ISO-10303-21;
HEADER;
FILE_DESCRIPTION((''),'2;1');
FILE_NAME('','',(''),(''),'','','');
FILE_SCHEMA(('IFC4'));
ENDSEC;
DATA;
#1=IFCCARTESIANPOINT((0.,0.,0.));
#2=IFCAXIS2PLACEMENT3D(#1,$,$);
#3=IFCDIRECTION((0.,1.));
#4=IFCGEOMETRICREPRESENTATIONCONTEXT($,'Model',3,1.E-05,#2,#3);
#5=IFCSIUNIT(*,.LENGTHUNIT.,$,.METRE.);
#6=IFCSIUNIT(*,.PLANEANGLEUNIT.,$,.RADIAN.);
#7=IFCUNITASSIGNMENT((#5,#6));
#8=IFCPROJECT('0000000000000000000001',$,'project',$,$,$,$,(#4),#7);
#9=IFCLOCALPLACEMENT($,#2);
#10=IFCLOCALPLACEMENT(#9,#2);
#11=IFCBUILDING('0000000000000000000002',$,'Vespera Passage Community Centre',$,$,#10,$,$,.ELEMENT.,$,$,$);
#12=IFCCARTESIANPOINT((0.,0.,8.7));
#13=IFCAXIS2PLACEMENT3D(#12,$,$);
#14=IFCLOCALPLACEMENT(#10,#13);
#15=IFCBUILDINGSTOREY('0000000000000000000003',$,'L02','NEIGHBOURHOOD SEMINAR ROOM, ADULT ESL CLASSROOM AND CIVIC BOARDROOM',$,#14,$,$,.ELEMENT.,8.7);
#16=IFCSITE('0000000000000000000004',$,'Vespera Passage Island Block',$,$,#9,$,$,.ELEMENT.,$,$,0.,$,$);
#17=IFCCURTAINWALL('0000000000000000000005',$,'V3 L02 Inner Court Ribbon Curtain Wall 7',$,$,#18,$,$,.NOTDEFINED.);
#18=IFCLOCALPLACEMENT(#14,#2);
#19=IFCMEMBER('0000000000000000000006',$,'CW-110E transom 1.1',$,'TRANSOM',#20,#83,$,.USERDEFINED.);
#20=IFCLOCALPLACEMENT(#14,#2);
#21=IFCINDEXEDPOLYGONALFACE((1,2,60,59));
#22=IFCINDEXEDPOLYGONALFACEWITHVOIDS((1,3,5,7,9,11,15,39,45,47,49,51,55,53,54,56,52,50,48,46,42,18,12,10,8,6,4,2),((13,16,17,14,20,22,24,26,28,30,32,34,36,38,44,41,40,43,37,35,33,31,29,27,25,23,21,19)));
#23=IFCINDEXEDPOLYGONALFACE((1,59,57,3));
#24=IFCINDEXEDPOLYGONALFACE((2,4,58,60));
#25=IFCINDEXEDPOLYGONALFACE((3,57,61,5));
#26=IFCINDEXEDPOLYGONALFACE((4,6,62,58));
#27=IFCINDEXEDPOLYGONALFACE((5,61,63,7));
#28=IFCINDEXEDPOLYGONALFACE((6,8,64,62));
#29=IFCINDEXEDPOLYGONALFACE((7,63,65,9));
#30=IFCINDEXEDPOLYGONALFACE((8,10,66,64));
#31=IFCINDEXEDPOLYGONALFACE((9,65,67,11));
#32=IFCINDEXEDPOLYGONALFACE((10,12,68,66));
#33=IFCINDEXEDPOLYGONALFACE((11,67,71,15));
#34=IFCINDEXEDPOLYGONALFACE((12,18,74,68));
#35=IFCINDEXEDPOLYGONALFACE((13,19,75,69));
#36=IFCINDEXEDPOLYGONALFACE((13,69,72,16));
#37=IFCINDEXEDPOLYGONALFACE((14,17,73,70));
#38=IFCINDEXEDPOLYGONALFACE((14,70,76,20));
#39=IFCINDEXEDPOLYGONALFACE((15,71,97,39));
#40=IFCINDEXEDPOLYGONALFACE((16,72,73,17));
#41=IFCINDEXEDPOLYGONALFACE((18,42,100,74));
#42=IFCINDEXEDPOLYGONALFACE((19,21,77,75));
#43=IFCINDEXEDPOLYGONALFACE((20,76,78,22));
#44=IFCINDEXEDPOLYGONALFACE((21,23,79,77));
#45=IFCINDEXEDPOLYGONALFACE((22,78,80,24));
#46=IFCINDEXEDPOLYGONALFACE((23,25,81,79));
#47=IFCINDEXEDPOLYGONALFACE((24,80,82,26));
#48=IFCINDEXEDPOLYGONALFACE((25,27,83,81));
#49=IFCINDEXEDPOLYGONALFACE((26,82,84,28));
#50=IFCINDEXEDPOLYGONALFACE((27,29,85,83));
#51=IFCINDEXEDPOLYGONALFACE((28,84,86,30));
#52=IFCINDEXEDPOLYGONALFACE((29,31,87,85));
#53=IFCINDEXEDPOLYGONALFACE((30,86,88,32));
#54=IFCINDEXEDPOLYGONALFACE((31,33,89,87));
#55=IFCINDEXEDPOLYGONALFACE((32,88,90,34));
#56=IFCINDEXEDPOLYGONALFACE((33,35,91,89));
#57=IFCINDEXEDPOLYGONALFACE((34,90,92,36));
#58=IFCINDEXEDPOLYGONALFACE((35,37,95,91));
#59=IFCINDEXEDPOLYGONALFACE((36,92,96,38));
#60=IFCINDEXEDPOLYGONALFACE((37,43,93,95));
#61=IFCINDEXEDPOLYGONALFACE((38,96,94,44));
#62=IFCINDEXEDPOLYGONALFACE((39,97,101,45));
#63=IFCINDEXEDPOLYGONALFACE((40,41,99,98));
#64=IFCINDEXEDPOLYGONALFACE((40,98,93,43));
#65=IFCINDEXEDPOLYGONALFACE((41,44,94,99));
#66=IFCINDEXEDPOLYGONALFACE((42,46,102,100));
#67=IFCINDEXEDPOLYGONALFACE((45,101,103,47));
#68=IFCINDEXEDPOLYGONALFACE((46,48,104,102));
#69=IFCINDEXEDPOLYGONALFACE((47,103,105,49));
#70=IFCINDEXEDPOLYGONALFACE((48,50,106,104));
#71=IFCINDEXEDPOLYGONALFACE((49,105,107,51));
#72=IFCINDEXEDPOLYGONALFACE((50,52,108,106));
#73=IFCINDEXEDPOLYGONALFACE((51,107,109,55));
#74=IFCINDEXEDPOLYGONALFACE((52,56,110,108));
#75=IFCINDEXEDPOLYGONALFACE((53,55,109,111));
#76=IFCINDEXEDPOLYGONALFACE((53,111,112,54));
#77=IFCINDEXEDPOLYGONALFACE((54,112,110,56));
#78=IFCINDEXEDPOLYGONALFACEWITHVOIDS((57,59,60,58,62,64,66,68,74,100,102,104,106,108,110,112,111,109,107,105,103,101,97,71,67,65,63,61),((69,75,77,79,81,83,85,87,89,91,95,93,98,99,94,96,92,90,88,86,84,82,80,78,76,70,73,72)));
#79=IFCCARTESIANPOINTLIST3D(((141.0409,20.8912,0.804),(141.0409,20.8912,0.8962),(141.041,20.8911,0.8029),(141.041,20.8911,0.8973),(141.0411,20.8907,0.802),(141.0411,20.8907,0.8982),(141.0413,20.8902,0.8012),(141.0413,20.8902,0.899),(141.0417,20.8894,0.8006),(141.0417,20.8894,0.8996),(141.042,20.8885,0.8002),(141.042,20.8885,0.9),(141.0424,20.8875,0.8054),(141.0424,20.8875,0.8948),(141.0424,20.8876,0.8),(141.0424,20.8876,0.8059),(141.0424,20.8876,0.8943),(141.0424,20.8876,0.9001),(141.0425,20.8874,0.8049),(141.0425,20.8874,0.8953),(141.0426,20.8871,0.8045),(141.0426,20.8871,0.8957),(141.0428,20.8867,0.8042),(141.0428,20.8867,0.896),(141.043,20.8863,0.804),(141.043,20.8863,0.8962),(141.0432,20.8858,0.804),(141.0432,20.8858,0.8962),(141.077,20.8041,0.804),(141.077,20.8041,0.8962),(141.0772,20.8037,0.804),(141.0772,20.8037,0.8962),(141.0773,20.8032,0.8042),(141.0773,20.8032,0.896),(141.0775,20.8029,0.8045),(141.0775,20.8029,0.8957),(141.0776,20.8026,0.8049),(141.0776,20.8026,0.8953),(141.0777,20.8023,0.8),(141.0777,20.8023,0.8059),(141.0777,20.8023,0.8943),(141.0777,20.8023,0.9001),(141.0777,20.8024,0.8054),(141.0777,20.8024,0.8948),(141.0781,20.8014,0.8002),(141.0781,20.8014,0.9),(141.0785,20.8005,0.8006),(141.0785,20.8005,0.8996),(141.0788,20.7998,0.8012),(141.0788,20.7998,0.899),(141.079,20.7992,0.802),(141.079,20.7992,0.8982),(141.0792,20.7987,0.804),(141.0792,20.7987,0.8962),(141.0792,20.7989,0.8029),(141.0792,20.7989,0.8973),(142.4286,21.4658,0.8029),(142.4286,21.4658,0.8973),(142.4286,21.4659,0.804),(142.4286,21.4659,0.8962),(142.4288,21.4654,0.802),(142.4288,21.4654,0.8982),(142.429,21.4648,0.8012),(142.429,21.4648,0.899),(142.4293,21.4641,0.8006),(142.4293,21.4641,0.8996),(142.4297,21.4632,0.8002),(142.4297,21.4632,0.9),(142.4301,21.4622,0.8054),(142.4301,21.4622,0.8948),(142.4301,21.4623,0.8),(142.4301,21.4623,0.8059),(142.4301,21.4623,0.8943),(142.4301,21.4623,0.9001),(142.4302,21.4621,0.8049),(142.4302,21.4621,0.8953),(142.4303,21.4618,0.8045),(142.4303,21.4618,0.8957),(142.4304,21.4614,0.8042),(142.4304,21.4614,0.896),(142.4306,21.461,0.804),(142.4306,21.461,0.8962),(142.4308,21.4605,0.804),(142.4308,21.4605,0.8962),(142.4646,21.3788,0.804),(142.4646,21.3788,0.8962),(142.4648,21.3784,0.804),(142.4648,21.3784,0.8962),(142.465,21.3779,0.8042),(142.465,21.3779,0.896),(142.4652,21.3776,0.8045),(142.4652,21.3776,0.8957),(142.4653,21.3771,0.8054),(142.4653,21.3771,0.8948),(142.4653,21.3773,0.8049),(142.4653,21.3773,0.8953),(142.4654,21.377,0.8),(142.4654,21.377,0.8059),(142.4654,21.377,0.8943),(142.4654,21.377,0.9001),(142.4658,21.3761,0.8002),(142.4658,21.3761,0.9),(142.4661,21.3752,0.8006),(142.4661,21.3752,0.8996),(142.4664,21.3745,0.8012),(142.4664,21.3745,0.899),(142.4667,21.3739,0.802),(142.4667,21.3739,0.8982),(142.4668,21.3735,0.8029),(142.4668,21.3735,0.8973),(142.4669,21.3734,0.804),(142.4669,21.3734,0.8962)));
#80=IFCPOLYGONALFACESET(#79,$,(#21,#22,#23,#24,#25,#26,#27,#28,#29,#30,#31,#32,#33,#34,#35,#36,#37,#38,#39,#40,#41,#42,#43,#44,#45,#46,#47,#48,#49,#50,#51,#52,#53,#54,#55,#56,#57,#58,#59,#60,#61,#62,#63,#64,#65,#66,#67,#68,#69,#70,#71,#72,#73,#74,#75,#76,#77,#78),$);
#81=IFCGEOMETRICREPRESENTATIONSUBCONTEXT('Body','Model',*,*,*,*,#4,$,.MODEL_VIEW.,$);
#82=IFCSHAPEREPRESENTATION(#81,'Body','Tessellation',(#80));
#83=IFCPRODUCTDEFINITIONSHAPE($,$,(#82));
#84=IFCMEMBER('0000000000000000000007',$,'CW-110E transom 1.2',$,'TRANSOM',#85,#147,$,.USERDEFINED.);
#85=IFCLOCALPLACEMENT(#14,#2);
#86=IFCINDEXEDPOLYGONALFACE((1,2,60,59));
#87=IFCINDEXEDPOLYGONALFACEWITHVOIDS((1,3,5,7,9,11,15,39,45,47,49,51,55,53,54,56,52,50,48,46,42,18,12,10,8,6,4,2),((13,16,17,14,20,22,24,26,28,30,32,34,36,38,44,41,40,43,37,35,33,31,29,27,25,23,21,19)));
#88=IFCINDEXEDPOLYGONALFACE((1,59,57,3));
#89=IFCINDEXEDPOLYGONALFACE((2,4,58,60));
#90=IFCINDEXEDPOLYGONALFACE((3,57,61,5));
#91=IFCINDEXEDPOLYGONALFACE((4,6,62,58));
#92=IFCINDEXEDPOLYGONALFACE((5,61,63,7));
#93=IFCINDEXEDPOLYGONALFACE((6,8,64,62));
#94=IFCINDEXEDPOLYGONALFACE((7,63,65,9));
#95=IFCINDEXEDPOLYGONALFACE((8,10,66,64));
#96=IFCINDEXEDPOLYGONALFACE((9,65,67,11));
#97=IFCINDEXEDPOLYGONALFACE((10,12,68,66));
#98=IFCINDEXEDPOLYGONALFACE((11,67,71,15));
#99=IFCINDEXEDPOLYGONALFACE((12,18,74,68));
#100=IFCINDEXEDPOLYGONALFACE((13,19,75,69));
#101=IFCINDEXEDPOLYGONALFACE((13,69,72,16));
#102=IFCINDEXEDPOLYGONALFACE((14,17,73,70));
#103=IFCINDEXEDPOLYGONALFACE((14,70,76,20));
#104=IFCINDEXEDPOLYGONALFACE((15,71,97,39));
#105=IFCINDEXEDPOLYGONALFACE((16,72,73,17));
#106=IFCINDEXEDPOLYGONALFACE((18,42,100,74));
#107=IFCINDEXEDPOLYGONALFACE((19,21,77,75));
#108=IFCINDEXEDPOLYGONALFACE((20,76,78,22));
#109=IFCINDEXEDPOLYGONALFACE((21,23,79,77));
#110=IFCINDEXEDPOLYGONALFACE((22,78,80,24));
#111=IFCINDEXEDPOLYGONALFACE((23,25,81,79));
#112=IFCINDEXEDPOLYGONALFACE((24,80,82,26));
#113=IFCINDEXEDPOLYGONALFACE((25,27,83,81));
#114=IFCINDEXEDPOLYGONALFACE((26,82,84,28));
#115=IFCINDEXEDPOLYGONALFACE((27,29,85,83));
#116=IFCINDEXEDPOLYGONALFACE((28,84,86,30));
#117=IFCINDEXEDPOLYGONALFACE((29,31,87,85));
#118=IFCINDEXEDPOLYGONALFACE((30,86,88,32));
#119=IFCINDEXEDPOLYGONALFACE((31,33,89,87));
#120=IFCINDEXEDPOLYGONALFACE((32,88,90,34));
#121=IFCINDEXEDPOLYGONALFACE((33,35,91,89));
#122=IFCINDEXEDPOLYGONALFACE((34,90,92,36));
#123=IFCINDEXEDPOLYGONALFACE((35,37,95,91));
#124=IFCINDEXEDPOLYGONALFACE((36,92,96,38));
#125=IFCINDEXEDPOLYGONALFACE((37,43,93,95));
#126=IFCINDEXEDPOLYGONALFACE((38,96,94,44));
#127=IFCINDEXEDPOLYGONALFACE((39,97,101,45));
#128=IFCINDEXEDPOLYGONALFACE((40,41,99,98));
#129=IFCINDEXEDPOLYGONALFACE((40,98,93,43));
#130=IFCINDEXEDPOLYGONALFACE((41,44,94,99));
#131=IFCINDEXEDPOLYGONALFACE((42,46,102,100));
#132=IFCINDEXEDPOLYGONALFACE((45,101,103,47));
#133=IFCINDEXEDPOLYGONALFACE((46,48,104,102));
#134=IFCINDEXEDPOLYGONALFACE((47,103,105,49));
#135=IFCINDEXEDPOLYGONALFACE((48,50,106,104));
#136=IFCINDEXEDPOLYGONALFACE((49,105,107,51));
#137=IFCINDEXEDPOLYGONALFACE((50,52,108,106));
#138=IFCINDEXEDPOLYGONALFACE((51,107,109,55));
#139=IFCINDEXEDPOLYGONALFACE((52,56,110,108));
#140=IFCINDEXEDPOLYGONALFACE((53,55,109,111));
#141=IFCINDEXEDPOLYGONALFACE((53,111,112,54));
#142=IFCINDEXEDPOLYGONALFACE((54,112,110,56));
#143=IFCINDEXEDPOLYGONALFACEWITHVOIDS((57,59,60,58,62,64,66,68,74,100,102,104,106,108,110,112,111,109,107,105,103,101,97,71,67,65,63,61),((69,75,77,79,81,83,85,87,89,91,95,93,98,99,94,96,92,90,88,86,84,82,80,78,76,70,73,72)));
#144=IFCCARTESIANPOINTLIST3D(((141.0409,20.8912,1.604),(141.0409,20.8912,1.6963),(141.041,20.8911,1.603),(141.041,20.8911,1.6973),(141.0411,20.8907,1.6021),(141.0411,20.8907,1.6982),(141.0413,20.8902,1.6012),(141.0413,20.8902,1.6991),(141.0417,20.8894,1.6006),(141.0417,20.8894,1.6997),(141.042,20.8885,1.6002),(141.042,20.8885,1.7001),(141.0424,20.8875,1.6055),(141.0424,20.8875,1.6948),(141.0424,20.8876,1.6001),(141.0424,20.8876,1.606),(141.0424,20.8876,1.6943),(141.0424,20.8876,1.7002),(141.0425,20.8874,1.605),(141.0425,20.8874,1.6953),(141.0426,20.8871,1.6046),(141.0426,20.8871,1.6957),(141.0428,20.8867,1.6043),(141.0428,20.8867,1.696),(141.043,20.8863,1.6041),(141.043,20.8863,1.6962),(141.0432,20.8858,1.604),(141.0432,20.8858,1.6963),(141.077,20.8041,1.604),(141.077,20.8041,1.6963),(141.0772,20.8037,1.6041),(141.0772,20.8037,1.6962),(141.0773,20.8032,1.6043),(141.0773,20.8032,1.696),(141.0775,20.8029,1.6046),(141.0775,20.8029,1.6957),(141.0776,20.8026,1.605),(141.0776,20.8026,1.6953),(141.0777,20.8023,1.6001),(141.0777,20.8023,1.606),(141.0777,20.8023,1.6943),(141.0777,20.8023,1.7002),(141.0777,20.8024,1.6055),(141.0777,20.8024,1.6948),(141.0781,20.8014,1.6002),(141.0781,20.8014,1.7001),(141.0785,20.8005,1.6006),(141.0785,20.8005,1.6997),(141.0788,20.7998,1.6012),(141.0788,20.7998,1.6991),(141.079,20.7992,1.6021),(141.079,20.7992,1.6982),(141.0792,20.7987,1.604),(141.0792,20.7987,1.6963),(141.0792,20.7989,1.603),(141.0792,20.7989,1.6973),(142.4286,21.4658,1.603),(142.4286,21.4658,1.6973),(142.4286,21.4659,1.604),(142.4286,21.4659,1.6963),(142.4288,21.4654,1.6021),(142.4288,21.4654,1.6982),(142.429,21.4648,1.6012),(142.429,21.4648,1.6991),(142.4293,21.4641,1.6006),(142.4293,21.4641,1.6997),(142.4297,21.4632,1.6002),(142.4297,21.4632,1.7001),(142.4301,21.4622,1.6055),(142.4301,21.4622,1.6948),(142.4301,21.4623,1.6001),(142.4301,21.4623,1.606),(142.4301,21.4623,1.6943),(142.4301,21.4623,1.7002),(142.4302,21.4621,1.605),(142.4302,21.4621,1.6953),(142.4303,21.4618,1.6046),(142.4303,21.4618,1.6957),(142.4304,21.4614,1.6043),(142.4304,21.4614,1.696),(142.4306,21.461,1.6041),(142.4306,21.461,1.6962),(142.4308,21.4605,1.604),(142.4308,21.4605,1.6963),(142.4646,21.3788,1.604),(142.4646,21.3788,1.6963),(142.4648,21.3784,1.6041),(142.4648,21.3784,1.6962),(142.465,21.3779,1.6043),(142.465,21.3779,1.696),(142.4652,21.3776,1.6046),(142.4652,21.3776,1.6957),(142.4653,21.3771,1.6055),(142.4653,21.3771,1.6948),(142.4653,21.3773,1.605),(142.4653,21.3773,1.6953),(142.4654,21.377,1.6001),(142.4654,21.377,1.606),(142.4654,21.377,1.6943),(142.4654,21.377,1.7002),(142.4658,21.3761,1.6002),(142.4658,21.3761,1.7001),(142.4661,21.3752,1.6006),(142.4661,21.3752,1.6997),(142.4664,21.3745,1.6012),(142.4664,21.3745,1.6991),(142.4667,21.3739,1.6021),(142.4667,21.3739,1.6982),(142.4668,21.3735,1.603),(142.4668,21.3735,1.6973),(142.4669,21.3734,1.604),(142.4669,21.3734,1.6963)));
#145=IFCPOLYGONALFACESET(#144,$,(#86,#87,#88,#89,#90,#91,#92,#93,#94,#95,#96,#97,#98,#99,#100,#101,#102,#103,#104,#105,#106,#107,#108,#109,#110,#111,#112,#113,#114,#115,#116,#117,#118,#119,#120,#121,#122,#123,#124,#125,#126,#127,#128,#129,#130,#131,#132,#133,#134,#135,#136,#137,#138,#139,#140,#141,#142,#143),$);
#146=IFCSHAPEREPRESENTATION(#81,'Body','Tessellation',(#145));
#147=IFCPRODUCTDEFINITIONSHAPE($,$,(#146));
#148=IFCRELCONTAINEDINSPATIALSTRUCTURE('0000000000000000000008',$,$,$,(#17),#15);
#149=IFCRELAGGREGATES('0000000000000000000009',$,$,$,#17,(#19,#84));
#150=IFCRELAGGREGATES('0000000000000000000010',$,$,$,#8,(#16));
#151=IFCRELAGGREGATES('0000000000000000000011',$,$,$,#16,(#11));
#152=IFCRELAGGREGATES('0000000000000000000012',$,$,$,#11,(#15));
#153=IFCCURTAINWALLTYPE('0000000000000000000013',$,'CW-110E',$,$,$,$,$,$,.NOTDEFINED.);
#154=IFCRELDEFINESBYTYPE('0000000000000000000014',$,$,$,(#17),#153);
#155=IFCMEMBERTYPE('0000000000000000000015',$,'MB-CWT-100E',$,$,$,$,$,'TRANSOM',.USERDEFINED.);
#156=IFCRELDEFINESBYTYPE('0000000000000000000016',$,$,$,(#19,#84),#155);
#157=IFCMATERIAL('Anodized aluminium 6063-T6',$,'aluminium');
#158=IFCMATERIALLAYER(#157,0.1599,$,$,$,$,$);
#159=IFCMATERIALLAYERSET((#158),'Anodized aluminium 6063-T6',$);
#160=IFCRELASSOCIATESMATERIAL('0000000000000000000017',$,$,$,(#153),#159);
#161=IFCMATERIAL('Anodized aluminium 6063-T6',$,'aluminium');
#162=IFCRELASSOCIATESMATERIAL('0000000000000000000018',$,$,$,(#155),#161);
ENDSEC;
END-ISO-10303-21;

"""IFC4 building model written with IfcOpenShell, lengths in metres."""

from ifc_helpers import new_model, si_unit, direction, frame, origin, origin_2d, place, context, subcontext, project, spatial, hollow_rectangle, extrude, material, layer, layer_set, material_profile, profile_set, type_object, element, aggregate, save


model = new_model("IFC4")

# Units and contexts
model_context = context("Model", 3, precision=1e-05, world=origin(), true_north=direction((0.0, 1.0)))
body_context = subcontext(model_context, "Body", "Model", "MODEL_VIEW")
ifc_project = project(units=[si_unit("LENGTHUNIT", "METRE"), si_unit("PLANEANGLEUNIT", "RADIAN")], contexts=[model_context])

# Site, building, storey
site_placement = place(None, origin())
site = spatial("IfcSite", under=ifc_project, at=site_placement, Name="Vespera Passage Island Block", CompositionType="ELEMENT", RefElevation=0.0)
building_placement = place(site_placement, origin())
building = spatial("IfcBuilding", under=site, at=building_placement, Name="Vespera Passage Community Centre", CompositionType="ELEMENT")
storey_placement = place(building_placement, frame((0.0, 0.0, 8.7)))
storey = spatial("IfcBuildingStorey", under=building, at=storey_placement, Name="L02", Description="NEIGHBOURHOOD SEMINAR ROOM, ADULT ESL CLASSROOM AND CIVIC BOARDROOM", CompositionType="ELEMENT", Elevation=8.7)

# Shared definitions
ifc_material_1 = material(Name="Anodized aluminium 6063-T6", Category="aluminium")
ifc_layer_1 = layer(ifc_material_1, 0.1599)
ifc_layer_set_1 = layer_set([ifc_layer_1], Name="Anodized aluminium 6063-T6")
curtain_wall_type = type_object("IfcCurtainWallType", Name="CW-110E", PredefinedType="NOTDEFINED", material=ifc_layer_set_1)

# Curtain wall
curtain_wall_1_placement = place(storey_placement, origin())
curtain_wall_1 = element("IfcCurtainWall", 1, at=curtain_wall_1_placement, inside=storey, type_object=curtain_wall_type, Name="V3 L02 Inner Court Ribbon Curtain Wall 7", PredefinedType="NOTDEFINED")

# Members
ifc_material_2 = material(Name="Anodized aluminium 6063-T6", Category="aluminium")
ifc_material_profile_1 = material_profile(ifc_material_2, hollow_rectangle(XDim=0.1001, YDim=0.1001, WallThickness=0.0039, InnerFilletRadius=0.002, OuterFilletRadius=0.0039, at=origin_2d()), Name="ALU100X100X4")
ifc_profile_set_1 = profile_set([ifc_material_profile_1], Name="Anodized aluminium 6063-T6")
member_type_1 = type_object("IfcMemberType", Name="MB-CWT-100E", ElementType="TRANSOM", PredefinedType="USERDEFINED", material=ifc_profile_set_1)
member_1_placement = place(storey_placement, frame((141.0601, 20.845, 0.8501), z_axis=(0.923902, 0.382629, 0.0), x_axis=(-0.382629, 0.923902, 0.0)))
member_1 = element("IfcMember", 2, at=member_1_placement, type_object=member_type_1, Name="CW-110E transom 1.1", ObjectType="TRANSOM", PredefinedType="USERDEFINED", context=body_context, shape_type="SweptSolid", body=[
    extrude(hollow_rectangle(XDim=0.1001, YDim=0.1001, WallThickness=0.0039, InnerFilletRadius=0.002, OuterFilletRadius=0.0039, at=origin_2d()), origin(), (0.0, 0.0, 1.0), 1.502),
])
member_2_placement = place(storey_placement, frame((141.0601, 20.845, 1.6501), z_axis=(0.923902, 0.382629, 0.0), x_axis=(-0.382629, 0.923902, 0.0)))
member_2 = element("IfcMember", 3, at=member_2_placement, type_object=member_type_1, Name="CW-110E transom 1.2", ObjectType="TRANSOM", PredefinedType="USERDEFINED", context=body_context, shape_type="SweptSolid", body=[
    extrude(hollow_rectangle(XDim=0.1001, YDim=0.1001, WallThickness=0.0039, InnerFilletRadius=0.002, OuterFilletRadius=0.0039, at=origin_2d()), origin(), (0.0, 0.0, 1.0), 1.502),
])

aggregate(curtain_wall_1, [member_1, member_2])

save(model, "model.ifc")
